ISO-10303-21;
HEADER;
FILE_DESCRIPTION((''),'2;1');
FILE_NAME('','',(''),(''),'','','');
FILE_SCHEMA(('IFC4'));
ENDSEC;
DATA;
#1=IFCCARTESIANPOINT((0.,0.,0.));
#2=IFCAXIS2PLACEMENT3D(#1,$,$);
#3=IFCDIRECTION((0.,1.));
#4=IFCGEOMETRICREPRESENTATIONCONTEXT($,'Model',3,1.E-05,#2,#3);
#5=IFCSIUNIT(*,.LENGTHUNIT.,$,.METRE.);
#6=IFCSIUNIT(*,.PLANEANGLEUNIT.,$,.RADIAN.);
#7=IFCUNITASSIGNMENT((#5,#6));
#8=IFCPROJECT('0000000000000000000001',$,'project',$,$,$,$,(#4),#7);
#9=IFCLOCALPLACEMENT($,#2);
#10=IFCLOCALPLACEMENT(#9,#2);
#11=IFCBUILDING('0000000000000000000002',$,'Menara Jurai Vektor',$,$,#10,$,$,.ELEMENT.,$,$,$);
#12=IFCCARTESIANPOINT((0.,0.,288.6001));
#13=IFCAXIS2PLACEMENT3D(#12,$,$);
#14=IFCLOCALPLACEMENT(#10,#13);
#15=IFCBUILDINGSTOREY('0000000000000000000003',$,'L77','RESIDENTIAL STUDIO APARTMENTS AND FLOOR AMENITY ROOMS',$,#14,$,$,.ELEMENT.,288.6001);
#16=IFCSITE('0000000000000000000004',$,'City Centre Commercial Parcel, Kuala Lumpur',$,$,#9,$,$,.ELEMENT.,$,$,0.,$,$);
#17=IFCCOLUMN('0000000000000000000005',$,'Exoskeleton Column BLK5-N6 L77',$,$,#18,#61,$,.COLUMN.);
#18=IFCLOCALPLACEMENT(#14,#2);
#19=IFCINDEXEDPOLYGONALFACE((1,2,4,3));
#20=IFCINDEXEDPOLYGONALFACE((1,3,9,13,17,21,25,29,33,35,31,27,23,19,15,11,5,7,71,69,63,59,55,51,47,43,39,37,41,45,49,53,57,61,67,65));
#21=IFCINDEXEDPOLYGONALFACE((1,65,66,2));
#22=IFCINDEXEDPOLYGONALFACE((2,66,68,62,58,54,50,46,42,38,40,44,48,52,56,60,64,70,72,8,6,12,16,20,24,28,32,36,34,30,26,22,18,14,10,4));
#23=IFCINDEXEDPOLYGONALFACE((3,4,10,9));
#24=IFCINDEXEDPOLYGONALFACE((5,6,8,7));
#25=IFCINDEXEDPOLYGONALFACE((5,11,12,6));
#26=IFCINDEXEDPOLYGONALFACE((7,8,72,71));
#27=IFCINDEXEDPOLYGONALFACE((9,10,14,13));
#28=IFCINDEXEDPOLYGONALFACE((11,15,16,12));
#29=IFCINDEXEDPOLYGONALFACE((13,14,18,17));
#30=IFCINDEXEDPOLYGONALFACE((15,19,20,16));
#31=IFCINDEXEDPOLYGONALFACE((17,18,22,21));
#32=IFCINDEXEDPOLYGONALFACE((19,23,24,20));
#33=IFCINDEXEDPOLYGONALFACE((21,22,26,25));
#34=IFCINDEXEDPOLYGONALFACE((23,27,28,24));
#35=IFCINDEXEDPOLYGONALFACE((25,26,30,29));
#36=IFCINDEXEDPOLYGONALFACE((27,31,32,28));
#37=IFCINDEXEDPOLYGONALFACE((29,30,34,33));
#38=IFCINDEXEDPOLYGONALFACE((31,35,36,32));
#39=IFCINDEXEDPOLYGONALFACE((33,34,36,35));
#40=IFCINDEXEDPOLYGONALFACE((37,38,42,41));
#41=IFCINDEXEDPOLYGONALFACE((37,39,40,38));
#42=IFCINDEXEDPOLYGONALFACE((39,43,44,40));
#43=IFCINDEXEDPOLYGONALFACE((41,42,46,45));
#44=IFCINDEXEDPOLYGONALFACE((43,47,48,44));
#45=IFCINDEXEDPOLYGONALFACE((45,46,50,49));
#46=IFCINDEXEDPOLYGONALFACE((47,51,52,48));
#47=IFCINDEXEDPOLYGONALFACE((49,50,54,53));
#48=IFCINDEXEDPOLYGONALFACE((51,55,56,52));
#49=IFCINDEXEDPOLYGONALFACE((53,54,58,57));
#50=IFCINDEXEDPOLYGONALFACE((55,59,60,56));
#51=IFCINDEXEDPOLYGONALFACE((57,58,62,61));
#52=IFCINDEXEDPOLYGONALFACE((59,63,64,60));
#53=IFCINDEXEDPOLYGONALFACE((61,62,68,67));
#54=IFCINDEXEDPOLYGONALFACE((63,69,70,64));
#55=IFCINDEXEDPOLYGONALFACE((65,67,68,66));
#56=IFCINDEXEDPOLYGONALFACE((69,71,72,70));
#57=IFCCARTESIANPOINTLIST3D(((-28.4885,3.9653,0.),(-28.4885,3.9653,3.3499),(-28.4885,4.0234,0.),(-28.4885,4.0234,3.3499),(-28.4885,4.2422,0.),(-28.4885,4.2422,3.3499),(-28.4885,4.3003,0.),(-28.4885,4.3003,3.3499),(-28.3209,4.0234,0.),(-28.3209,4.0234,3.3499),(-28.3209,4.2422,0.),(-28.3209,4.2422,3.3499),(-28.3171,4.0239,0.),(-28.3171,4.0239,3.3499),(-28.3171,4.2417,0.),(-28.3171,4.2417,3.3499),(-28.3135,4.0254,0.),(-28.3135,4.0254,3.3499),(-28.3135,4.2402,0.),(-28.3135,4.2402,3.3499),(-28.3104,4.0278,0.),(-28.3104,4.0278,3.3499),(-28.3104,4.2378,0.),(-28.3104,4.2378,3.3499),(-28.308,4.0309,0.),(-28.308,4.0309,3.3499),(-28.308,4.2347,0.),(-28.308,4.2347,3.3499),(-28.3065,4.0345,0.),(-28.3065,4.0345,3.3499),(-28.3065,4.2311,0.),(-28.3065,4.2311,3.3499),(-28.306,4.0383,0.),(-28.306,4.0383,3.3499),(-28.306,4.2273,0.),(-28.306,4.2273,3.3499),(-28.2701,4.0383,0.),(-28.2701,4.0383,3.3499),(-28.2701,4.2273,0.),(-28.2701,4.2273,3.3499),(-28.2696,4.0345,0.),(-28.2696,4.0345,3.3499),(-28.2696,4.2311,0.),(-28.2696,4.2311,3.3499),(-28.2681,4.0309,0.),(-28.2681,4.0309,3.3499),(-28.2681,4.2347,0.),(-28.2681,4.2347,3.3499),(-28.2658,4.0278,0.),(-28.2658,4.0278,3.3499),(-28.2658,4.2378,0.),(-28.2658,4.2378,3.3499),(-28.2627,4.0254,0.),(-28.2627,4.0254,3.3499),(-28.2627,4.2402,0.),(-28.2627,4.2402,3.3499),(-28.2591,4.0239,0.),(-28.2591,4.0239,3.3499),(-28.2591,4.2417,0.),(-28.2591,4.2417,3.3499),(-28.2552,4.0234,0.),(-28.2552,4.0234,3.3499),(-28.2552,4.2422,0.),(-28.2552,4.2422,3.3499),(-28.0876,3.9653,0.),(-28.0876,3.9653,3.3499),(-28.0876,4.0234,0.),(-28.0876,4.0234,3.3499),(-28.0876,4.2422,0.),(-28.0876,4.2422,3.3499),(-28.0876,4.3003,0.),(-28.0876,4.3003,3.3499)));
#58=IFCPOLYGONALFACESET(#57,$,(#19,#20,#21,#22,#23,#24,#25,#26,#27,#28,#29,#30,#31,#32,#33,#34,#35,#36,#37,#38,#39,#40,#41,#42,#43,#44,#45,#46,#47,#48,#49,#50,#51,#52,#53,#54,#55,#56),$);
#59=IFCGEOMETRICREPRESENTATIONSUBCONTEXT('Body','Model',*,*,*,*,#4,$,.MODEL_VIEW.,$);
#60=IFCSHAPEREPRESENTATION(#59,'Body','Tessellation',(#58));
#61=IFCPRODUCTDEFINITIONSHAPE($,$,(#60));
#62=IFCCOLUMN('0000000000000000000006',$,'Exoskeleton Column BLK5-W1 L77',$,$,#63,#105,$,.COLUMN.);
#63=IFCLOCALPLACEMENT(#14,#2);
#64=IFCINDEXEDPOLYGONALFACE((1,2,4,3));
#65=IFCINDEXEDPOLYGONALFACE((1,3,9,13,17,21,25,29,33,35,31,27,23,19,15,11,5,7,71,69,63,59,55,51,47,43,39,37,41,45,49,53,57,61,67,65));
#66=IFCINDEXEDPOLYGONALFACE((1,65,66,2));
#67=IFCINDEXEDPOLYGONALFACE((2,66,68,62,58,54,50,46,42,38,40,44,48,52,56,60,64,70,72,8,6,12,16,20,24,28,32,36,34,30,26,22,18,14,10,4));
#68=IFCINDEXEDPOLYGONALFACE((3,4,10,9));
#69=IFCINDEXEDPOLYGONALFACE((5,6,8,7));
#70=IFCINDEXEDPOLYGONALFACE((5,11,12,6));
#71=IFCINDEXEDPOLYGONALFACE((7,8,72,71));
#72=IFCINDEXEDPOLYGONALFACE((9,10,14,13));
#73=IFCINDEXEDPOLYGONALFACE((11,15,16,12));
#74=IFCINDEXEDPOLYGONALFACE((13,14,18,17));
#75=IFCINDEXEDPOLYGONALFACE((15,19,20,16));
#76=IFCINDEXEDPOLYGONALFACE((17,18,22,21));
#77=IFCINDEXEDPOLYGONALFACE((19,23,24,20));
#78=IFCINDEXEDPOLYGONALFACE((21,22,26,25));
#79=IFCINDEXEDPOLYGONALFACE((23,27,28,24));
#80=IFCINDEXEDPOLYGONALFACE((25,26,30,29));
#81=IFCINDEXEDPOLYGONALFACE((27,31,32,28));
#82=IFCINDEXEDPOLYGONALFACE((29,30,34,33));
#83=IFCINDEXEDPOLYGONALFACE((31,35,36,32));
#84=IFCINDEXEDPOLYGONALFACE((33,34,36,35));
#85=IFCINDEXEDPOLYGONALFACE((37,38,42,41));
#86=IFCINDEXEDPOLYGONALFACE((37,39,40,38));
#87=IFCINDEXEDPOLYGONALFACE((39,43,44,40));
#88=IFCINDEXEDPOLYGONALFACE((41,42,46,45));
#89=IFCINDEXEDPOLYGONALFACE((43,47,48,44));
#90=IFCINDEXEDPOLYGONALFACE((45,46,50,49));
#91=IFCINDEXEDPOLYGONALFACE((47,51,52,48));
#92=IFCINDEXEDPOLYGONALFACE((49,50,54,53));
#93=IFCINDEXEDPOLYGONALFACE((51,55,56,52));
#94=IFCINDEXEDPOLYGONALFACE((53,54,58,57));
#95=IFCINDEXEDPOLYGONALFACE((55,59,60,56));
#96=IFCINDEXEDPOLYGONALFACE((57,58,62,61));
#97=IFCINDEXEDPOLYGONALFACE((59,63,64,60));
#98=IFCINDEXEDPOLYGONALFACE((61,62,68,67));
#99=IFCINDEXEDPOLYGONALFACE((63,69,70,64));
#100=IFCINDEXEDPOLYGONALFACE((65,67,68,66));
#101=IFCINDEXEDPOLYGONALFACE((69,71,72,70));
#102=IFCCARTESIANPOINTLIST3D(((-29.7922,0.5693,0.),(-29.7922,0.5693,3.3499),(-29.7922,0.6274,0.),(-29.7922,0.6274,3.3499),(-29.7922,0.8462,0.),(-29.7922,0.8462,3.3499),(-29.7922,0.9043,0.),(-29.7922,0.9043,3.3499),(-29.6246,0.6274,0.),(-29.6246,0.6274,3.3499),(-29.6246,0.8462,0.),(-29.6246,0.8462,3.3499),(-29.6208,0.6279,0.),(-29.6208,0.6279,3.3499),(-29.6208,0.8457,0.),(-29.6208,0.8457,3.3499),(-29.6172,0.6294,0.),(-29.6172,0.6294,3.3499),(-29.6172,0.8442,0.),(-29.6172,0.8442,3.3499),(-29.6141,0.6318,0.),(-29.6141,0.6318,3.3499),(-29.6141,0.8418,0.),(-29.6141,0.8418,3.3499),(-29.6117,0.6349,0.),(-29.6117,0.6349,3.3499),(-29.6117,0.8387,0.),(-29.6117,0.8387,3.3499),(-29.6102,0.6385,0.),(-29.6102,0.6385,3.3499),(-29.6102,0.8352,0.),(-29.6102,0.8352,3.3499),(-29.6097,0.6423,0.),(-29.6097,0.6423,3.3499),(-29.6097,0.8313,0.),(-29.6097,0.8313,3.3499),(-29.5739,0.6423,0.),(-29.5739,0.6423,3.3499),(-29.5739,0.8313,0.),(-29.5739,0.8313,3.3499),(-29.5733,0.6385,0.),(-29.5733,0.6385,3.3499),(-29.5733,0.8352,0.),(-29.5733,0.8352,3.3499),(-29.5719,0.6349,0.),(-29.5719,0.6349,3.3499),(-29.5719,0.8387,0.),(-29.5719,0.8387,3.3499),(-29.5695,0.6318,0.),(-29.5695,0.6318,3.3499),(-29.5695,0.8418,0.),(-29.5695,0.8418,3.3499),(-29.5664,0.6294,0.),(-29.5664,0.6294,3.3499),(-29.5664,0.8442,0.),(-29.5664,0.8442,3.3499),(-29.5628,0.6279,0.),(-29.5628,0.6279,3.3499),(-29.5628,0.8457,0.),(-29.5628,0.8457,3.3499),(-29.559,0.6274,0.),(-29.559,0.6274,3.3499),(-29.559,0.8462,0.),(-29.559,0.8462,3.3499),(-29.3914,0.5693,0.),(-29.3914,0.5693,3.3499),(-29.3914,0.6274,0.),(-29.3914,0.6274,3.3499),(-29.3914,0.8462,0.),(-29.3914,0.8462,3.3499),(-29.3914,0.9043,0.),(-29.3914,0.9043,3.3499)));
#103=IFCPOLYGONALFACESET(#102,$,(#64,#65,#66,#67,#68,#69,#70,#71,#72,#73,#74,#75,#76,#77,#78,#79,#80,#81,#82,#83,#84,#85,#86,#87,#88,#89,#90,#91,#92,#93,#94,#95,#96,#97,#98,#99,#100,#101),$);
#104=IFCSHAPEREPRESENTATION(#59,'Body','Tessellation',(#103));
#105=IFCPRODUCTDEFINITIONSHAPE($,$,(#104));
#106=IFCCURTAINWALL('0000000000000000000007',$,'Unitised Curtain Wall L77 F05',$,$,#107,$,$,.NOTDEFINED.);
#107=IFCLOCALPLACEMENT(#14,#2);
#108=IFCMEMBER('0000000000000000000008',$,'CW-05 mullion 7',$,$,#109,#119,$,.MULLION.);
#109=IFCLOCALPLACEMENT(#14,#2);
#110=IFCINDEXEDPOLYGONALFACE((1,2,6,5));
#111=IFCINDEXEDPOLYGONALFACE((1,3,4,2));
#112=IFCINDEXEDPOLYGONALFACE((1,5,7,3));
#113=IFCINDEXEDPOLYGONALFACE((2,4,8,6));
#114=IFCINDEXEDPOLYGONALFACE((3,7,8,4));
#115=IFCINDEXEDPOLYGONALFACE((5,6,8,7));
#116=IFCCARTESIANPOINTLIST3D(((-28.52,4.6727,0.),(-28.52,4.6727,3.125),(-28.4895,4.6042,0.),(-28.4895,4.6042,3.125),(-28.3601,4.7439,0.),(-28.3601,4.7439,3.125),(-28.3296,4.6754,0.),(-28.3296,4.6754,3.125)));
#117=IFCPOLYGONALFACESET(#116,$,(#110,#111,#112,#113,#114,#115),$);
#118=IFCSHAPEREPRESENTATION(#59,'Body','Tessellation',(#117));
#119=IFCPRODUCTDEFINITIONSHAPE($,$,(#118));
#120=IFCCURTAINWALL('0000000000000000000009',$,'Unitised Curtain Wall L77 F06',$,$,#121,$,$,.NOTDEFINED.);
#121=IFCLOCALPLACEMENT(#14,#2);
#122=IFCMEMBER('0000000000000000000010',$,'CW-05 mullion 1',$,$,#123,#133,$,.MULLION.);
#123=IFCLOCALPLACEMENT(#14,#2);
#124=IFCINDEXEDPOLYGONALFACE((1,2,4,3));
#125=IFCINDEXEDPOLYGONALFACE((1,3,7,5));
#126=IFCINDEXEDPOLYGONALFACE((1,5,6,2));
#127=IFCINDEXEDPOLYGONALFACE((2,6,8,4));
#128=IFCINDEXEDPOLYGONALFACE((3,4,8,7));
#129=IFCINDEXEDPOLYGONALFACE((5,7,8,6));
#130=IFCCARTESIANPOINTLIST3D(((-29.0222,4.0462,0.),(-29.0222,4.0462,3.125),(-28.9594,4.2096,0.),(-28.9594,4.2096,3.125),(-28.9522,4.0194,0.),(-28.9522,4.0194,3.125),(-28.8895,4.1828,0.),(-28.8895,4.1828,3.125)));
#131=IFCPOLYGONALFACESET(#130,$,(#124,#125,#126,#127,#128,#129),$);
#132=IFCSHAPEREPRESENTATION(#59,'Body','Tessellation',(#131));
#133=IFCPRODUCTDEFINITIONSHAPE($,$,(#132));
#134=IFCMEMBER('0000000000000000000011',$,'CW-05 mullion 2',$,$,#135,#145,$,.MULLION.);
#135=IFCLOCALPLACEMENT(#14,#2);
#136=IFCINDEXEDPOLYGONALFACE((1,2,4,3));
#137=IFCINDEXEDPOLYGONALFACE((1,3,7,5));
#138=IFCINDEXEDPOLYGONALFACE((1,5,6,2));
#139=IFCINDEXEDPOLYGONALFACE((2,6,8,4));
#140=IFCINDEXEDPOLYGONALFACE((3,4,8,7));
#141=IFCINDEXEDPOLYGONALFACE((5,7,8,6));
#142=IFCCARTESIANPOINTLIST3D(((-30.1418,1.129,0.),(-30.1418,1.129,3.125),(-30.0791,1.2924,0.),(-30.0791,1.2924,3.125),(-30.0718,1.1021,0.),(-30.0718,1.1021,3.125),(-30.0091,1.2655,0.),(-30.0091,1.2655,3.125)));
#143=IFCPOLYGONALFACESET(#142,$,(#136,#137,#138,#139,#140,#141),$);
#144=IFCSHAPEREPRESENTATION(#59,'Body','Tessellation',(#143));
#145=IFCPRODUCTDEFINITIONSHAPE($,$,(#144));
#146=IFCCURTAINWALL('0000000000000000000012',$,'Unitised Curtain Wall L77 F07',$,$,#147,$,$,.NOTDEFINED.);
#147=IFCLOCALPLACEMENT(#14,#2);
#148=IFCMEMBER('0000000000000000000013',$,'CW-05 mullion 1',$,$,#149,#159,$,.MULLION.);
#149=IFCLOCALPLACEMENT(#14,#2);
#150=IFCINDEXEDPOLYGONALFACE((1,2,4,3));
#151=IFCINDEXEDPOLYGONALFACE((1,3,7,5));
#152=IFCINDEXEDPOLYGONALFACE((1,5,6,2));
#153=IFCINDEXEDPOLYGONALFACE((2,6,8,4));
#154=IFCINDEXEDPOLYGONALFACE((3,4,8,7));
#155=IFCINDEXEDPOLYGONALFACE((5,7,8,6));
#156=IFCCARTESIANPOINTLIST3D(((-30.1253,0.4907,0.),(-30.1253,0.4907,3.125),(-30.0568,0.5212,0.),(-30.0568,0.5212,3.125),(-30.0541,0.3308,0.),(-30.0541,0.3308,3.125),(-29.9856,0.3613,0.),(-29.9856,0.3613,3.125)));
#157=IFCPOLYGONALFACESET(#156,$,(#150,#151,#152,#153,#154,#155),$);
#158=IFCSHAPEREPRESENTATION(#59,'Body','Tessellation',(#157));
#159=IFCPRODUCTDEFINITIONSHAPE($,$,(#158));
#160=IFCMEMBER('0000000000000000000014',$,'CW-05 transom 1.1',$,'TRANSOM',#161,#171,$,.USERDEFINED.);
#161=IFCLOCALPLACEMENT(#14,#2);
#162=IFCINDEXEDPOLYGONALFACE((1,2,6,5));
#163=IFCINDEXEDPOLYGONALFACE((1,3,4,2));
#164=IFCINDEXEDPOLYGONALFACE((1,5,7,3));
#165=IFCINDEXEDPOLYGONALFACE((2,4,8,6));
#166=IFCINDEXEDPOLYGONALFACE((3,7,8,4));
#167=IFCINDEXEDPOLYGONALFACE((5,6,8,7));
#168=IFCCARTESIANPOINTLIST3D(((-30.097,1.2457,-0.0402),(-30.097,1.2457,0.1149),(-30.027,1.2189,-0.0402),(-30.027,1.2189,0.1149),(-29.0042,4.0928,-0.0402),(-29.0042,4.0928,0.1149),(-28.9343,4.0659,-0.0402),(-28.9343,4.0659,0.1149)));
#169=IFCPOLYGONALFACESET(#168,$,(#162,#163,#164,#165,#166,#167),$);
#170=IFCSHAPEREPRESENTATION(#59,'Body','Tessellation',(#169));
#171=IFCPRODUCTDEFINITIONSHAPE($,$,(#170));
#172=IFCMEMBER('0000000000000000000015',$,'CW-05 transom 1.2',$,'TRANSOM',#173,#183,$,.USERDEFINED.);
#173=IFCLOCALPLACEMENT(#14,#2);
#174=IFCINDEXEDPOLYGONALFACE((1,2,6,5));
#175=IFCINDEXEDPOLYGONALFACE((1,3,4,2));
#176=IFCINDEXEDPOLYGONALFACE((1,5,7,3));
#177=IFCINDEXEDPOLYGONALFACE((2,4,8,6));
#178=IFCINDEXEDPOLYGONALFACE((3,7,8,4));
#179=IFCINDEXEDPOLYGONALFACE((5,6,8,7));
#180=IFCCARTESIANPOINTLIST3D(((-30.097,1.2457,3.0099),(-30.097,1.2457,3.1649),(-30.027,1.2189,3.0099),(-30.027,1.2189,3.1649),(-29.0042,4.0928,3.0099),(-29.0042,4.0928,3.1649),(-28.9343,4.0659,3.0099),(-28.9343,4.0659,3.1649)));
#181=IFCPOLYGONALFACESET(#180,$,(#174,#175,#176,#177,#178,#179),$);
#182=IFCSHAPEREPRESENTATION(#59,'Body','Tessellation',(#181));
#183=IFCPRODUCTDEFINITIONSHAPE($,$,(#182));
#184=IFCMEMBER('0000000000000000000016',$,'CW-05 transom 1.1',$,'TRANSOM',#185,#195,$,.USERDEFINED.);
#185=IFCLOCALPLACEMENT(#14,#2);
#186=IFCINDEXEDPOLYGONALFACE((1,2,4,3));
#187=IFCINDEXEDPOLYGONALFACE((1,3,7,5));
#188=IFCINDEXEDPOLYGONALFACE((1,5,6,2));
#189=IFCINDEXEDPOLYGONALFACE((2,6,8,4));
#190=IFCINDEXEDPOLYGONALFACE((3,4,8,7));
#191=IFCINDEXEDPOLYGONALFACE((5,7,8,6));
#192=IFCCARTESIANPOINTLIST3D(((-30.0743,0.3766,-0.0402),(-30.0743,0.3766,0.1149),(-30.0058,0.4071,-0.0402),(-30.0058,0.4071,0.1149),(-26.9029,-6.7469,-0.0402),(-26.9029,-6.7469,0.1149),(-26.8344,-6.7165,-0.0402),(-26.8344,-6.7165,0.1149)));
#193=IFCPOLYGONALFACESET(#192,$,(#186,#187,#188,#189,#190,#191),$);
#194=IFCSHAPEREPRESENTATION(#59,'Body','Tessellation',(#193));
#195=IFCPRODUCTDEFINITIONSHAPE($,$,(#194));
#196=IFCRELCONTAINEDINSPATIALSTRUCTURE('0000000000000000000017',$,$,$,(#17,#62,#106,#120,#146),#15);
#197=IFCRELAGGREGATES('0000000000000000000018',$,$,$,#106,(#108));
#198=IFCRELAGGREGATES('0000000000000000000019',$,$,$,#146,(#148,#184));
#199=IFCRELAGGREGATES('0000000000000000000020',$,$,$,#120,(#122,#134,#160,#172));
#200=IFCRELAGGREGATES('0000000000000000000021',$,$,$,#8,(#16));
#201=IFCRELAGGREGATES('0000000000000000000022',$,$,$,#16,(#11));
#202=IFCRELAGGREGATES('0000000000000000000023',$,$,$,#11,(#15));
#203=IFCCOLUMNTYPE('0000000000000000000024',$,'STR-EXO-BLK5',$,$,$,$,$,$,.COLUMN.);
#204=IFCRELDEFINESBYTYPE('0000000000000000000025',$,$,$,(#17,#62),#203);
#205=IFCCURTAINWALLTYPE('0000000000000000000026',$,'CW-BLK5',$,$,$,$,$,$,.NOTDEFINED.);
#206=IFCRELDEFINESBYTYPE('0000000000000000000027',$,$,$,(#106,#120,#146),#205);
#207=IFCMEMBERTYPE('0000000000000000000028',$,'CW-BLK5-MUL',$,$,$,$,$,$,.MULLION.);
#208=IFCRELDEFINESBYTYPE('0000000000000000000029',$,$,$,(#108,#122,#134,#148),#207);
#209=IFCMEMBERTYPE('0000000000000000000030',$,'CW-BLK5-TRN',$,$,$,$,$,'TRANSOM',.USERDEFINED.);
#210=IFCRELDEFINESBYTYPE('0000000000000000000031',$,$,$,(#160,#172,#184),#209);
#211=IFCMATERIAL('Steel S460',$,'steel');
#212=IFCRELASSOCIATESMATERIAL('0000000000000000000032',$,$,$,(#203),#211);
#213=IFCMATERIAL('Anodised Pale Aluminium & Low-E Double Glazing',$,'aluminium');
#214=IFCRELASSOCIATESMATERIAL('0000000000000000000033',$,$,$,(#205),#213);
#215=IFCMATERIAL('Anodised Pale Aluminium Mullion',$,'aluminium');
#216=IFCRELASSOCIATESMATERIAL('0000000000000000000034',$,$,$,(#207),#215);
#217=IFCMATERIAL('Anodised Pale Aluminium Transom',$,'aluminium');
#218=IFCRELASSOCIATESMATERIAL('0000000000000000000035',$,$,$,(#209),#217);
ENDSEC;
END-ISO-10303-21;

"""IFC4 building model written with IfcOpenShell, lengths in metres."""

from ifc_helpers import new_model, si_unit, direction, frame, origin, origin_2d, place, context, subcontext, project, spatial, rectangle, i_section, extrude, material, material_profile, profile_set, type_object, element, aggregate, save


model = new_model("IFC4")

# Units and contexts
model_context = context("Model", 3, precision=1e-05, world=origin(), true_north=direction((0.0, 1.0)))
body_context = subcontext(model_context, "Body", "Model", "MODEL_VIEW")
ifc_project = project(units=[si_unit("LENGTHUNIT", "METRE"), si_unit("PLANEANGLEUNIT", "RADIAN")], contexts=[model_context])

# Site, building, storey
site_placement = place(None, origin())
site = spatial("IfcSite", under=ifc_project, at=site_placement, Name="City Centre Commercial Parcel, Kuala Lumpur", CompositionType="ELEMENT", RefElevation=0.0)
building_placement = place(site_placement, origin())
building = spatial("IfcBuilding", under=site, at=building_placement, Name="Menara Jurai Vektor", CompositionType="ELEMENT")
storey_placement = place(building_placement, frame((0.0, 0.0, 288.6001)))
storey = spatial("IfcBuildingStorey", under=building, at=storey_placement, Name="L77", Description="RESIDENTIAL STUDIO APARTMENTS AND FLOOR AMENITY ROOMS", CompositionType="ELEMENT", Elevation=288.6001)

# Columns
ifc_material_1 = material(Name="Steel S460", Category="steel")
ifc_material_profile_1 = material_profile(ifc_material_1, i_section(OverallWidth=0.4009, OverallDepth=0.335, WebThickness=0.0359, FlangeThickness=0.0581, FilletRadius=0.0149, at=origin_2d()), Name="HD 400x463")
ifc_profile_set_1 = profile_set([ifc_material_profile_1], Name="Steel S460")
column_type = type_object("IfcColumnType", Name="STR-EXO-BLK5", PredefinedType="COLUMN", material=ifc_profile_set_1)
for number, where, z_axis, x_axis, name in (
    (1, (-28.2881, 4.1328, 0.0), (0.0, 0.0, 1.0), (1.0, 0.0, 0.0), "Exoskeleton Column BLK5-N6 L77"),
    (2, (-29.5918, 0.7368, 0.0), (0.0, 0.0, 1.0), (1.0, 0.0, 0.0), "Exoskeleton Column BLK5-W1 L77"),
):
    element("IfcColumn", number, at=place(storey_placement, frame(where, z_axis=z_axis, x_axis=x_axis)), inside=storey, type_object=column_type, Name=name, PredefinedType="COLUMN", context=body_context, shape_type="SweptSolid", body=[
        extrude(i_section(OverallWidth=0.4009, OverallDepth=0.335, WebThickness=0.0359, FlangeThickness=0.0581, FilletRadius=0.0149, at=origin_2d()), origin(), (0.0, 0.0, 1.0), 3.3499),
    ])

# Curtain wall, member
ifc_material_2 = material(Name="Anodised Pale Aluminium & Low-E Double Glazing", Category="aluminium")
curtain_wall_type = type_object("IfcCurtainWallType", Name="CW-BLK5", PredefinedType="NOTDEFINED", material=ifc_material_2)
curtain_wall_1_placement = place(storey_placement, origin())
curtain_wall_1 = element("IfcCurtainWall", 3, at=curtain_wall_1_placement, inside=storey, type_object=curtain_wall_type, Name="Unitised Curtain Wall L77 F05", PredefinedType="NOTDEFINED")
ifc_material_3 = material(Name="Anodised Pale Aluminium Mullion", Category="aluminium")
ifc_material_profile_2 = material_profile(ifc_material_3, rectangle(XDim=0.075, YDim=0.175, at=origin_2d()), Name="ALU MUL 75x175")
ifc_profile_set_2 = profile_set([ifc_material_profile_2], Name="Anodised Pale Aluminium Mullion")
member_type_1 = type_object("IfcMemberType", Name="CW-BLK5-MUL", PredefinedType="MULLION", material=ifc_profile_set_2)
member_1_placement = place(storey_placement, frame((-28.4248, 4.6741, 0.0), z_axis=(0.0, 0.0, 1.0), x_axis=(0.406735, -0.913546, 0.0)))
member_1 = element("IfcMember", 4, at=member_1_placement, type_object=member_type_1, Name="CW-05 mullion 7", PredefinedType="MULLION", context=body_context, shape_type="SweptSolid", body=[
    extrude(rectangle(XDim=0.075, YDim=0.175, at=origin_2d()), origin(), (0.0, 0.0, 1.0), 3.125),
])

# Curtain wall, members
curtain_wall_2_placement = place(storey_placement, origin())
curtain_wall_2 = element("IfcCurtainWall", 5, at=curtain_wall_2_placement, inside=storey, type_object=curtain_wall_type, Name="Unitised Curtain Wall L77 F06", PredefinedType="NOTDEFINED")
member_2_placement = place(storey_placement, frame((-28.9558, 4.1145, 0.0), z_axis=(0.0, 0.0, 1.0), x_axis=(0.933578, -0.358374, 0.0)))
member_2 = element("IfcMember", 6, at=member_2_placement, type_object=member_type_1, Name="CW-05 mullion 1", PredefinedType="MULLION", context=body_context, shape_type="SweptSolid", body=[
    extrude(rectangle(XDim=0.075, YDim=0.175, at=origin_2d()), origin(), (0.0, 0.0, 1.0), 3.125),
])
member_3_placement = place(storey_placement, frame((-30.0754, 1.1973, 0.0), z_axis=(0.0, 0.0, 1.0), x_axis=(0.933578, -0.358374, 0.0)))
member_3 = element("IfcMember", 7, at=member_3_placement, type_object=member_type_1, Name="CW-05 mullion 2", PredefinedType="MULLION", context=body_context, shape_type="SweptSolid", body=[
    extrude(rectangle(XDim=0.075, YDim=0.175, at=origin_2d()), origin(), (0.0, 0.0, 1.0), 3.125),
])

# Curtain wall, member
curtain_wall_3_placement = place(storey_placement, origin())
curtain_wall_3 = element("IfcCurtainWall", 8, at=curtain_wall_3_placement, inside=storey, type_object=curtain_wall_type, Name="Unitised Curtain Wall L77 F07", PredefinedType="NOTDEFINED")
member_4_placement = place(storey_placement, frame((-30.0554, 0.426, 0.0), z_axis=(0.0, 0.0, 1.0), x_axis=(0.913546, 0.406735, 0.0)))
member_4 = element("IfcMember", 9, at=member_4_placement, type_object=member_type_1, Name="CW-05 mullion 1", PredefinedType="MULLION", context=body_context, shape_type="SweptSolid", body=[
    extrude(rectangle(XDim=0.075, YDim=0.175, at=origin_2d()), origin(), (0.0, 0.0, 1.0), 3.125),
])

# Members
ifc_material_4 = material(Name="Anodised Pale Aluminium Transom", Category="aluminium")
ifc_material_profile_3 = material_profile(ifc_material_4, rectangle(XDim=0.075, YDim=0.155, at=origin_2d()), Name="ALU TRN 75x155")
ifc_profile_set_3 = profile_set([ifc_material_profile_3], Name="Anodised Pale Aluminium Transom")
member_type_2 = type_object("IfcMemberType", Name="CW-BLK5-TRN", ElementType="TRANSOM", PredefinedType="USERDEFINED", material=ifc_profile_set_3)
member_5_placement = place(storey_placement, frame((-28.9692, 4.0793, 0.0374), z_axis=(-0.358325, -0.933597, 0.0), x_axis=(0.933597, -0.358325, 0.0)))
member_5 = element("IfcMember", 10, at=member_5_placement, type_object=member_type_2, Name="CW-05 transom 1.1", ObjectType="TRANSOM", PredefinedType="USERDEFINED", context=body_context, shape_type="SweptSolid", body=[
    extrude(rectangle(XDim=0.075, YDim=0.155, at=origin_2d()), origin(), (0.0, 0.0, 1.0), 3.0496),
])
member_6_placement = place(storey_placement, frame((-28.9692, 4.0793, 3.0874), z_axis=(-0.358325, -0.933597, 0.0), x_axis=(0.933597, -0.358325, 0.0)))
member_6 = element("IfcMember", 11, at=member_6_placement, type_object=member_type_2, Name="CW-05 transom 1.2", ObjectType="TRANSOM", PredefinedType="USERDEFINED", context=body_context, shape_type="SweptSolid", body=[
    extrude(rectangle(XDim=0.075, YDim=0.155, at=origin_2d()), origin(), (0.0, 0.0, 1.0), 3.0496),
])
member_7_placement = place(storey_placement, frame((-30.04, 0.3918, 0.0374), z_axis=(0.406714, -0.913556, 0.0), x_axis=(0.913556, 0.406714, 0.0)))
member_7 = element("IfcMember", 12, at=member_7_placement, type_object=member_type_2, Name="CW-05 transom 1.1", ObjectType="TRANSOM", PredefinedType="USERDEFINED", context=body_context, shape_type="SweptSolid", body=[
    extrude(rectangle(XDim=0.075, YDim=0.155, at=origin_2d()), origin(), (0.0, 0.0, 1.0), 7.7976),
])

aggregate(curtain_wall_1, [member_1])
aggregate(curtain_wall_3, [member_4, member_7])
aggregate(curtain_wall_2, [member_2, member_3, member_5, member_6])

save(model, "model.ifc")
